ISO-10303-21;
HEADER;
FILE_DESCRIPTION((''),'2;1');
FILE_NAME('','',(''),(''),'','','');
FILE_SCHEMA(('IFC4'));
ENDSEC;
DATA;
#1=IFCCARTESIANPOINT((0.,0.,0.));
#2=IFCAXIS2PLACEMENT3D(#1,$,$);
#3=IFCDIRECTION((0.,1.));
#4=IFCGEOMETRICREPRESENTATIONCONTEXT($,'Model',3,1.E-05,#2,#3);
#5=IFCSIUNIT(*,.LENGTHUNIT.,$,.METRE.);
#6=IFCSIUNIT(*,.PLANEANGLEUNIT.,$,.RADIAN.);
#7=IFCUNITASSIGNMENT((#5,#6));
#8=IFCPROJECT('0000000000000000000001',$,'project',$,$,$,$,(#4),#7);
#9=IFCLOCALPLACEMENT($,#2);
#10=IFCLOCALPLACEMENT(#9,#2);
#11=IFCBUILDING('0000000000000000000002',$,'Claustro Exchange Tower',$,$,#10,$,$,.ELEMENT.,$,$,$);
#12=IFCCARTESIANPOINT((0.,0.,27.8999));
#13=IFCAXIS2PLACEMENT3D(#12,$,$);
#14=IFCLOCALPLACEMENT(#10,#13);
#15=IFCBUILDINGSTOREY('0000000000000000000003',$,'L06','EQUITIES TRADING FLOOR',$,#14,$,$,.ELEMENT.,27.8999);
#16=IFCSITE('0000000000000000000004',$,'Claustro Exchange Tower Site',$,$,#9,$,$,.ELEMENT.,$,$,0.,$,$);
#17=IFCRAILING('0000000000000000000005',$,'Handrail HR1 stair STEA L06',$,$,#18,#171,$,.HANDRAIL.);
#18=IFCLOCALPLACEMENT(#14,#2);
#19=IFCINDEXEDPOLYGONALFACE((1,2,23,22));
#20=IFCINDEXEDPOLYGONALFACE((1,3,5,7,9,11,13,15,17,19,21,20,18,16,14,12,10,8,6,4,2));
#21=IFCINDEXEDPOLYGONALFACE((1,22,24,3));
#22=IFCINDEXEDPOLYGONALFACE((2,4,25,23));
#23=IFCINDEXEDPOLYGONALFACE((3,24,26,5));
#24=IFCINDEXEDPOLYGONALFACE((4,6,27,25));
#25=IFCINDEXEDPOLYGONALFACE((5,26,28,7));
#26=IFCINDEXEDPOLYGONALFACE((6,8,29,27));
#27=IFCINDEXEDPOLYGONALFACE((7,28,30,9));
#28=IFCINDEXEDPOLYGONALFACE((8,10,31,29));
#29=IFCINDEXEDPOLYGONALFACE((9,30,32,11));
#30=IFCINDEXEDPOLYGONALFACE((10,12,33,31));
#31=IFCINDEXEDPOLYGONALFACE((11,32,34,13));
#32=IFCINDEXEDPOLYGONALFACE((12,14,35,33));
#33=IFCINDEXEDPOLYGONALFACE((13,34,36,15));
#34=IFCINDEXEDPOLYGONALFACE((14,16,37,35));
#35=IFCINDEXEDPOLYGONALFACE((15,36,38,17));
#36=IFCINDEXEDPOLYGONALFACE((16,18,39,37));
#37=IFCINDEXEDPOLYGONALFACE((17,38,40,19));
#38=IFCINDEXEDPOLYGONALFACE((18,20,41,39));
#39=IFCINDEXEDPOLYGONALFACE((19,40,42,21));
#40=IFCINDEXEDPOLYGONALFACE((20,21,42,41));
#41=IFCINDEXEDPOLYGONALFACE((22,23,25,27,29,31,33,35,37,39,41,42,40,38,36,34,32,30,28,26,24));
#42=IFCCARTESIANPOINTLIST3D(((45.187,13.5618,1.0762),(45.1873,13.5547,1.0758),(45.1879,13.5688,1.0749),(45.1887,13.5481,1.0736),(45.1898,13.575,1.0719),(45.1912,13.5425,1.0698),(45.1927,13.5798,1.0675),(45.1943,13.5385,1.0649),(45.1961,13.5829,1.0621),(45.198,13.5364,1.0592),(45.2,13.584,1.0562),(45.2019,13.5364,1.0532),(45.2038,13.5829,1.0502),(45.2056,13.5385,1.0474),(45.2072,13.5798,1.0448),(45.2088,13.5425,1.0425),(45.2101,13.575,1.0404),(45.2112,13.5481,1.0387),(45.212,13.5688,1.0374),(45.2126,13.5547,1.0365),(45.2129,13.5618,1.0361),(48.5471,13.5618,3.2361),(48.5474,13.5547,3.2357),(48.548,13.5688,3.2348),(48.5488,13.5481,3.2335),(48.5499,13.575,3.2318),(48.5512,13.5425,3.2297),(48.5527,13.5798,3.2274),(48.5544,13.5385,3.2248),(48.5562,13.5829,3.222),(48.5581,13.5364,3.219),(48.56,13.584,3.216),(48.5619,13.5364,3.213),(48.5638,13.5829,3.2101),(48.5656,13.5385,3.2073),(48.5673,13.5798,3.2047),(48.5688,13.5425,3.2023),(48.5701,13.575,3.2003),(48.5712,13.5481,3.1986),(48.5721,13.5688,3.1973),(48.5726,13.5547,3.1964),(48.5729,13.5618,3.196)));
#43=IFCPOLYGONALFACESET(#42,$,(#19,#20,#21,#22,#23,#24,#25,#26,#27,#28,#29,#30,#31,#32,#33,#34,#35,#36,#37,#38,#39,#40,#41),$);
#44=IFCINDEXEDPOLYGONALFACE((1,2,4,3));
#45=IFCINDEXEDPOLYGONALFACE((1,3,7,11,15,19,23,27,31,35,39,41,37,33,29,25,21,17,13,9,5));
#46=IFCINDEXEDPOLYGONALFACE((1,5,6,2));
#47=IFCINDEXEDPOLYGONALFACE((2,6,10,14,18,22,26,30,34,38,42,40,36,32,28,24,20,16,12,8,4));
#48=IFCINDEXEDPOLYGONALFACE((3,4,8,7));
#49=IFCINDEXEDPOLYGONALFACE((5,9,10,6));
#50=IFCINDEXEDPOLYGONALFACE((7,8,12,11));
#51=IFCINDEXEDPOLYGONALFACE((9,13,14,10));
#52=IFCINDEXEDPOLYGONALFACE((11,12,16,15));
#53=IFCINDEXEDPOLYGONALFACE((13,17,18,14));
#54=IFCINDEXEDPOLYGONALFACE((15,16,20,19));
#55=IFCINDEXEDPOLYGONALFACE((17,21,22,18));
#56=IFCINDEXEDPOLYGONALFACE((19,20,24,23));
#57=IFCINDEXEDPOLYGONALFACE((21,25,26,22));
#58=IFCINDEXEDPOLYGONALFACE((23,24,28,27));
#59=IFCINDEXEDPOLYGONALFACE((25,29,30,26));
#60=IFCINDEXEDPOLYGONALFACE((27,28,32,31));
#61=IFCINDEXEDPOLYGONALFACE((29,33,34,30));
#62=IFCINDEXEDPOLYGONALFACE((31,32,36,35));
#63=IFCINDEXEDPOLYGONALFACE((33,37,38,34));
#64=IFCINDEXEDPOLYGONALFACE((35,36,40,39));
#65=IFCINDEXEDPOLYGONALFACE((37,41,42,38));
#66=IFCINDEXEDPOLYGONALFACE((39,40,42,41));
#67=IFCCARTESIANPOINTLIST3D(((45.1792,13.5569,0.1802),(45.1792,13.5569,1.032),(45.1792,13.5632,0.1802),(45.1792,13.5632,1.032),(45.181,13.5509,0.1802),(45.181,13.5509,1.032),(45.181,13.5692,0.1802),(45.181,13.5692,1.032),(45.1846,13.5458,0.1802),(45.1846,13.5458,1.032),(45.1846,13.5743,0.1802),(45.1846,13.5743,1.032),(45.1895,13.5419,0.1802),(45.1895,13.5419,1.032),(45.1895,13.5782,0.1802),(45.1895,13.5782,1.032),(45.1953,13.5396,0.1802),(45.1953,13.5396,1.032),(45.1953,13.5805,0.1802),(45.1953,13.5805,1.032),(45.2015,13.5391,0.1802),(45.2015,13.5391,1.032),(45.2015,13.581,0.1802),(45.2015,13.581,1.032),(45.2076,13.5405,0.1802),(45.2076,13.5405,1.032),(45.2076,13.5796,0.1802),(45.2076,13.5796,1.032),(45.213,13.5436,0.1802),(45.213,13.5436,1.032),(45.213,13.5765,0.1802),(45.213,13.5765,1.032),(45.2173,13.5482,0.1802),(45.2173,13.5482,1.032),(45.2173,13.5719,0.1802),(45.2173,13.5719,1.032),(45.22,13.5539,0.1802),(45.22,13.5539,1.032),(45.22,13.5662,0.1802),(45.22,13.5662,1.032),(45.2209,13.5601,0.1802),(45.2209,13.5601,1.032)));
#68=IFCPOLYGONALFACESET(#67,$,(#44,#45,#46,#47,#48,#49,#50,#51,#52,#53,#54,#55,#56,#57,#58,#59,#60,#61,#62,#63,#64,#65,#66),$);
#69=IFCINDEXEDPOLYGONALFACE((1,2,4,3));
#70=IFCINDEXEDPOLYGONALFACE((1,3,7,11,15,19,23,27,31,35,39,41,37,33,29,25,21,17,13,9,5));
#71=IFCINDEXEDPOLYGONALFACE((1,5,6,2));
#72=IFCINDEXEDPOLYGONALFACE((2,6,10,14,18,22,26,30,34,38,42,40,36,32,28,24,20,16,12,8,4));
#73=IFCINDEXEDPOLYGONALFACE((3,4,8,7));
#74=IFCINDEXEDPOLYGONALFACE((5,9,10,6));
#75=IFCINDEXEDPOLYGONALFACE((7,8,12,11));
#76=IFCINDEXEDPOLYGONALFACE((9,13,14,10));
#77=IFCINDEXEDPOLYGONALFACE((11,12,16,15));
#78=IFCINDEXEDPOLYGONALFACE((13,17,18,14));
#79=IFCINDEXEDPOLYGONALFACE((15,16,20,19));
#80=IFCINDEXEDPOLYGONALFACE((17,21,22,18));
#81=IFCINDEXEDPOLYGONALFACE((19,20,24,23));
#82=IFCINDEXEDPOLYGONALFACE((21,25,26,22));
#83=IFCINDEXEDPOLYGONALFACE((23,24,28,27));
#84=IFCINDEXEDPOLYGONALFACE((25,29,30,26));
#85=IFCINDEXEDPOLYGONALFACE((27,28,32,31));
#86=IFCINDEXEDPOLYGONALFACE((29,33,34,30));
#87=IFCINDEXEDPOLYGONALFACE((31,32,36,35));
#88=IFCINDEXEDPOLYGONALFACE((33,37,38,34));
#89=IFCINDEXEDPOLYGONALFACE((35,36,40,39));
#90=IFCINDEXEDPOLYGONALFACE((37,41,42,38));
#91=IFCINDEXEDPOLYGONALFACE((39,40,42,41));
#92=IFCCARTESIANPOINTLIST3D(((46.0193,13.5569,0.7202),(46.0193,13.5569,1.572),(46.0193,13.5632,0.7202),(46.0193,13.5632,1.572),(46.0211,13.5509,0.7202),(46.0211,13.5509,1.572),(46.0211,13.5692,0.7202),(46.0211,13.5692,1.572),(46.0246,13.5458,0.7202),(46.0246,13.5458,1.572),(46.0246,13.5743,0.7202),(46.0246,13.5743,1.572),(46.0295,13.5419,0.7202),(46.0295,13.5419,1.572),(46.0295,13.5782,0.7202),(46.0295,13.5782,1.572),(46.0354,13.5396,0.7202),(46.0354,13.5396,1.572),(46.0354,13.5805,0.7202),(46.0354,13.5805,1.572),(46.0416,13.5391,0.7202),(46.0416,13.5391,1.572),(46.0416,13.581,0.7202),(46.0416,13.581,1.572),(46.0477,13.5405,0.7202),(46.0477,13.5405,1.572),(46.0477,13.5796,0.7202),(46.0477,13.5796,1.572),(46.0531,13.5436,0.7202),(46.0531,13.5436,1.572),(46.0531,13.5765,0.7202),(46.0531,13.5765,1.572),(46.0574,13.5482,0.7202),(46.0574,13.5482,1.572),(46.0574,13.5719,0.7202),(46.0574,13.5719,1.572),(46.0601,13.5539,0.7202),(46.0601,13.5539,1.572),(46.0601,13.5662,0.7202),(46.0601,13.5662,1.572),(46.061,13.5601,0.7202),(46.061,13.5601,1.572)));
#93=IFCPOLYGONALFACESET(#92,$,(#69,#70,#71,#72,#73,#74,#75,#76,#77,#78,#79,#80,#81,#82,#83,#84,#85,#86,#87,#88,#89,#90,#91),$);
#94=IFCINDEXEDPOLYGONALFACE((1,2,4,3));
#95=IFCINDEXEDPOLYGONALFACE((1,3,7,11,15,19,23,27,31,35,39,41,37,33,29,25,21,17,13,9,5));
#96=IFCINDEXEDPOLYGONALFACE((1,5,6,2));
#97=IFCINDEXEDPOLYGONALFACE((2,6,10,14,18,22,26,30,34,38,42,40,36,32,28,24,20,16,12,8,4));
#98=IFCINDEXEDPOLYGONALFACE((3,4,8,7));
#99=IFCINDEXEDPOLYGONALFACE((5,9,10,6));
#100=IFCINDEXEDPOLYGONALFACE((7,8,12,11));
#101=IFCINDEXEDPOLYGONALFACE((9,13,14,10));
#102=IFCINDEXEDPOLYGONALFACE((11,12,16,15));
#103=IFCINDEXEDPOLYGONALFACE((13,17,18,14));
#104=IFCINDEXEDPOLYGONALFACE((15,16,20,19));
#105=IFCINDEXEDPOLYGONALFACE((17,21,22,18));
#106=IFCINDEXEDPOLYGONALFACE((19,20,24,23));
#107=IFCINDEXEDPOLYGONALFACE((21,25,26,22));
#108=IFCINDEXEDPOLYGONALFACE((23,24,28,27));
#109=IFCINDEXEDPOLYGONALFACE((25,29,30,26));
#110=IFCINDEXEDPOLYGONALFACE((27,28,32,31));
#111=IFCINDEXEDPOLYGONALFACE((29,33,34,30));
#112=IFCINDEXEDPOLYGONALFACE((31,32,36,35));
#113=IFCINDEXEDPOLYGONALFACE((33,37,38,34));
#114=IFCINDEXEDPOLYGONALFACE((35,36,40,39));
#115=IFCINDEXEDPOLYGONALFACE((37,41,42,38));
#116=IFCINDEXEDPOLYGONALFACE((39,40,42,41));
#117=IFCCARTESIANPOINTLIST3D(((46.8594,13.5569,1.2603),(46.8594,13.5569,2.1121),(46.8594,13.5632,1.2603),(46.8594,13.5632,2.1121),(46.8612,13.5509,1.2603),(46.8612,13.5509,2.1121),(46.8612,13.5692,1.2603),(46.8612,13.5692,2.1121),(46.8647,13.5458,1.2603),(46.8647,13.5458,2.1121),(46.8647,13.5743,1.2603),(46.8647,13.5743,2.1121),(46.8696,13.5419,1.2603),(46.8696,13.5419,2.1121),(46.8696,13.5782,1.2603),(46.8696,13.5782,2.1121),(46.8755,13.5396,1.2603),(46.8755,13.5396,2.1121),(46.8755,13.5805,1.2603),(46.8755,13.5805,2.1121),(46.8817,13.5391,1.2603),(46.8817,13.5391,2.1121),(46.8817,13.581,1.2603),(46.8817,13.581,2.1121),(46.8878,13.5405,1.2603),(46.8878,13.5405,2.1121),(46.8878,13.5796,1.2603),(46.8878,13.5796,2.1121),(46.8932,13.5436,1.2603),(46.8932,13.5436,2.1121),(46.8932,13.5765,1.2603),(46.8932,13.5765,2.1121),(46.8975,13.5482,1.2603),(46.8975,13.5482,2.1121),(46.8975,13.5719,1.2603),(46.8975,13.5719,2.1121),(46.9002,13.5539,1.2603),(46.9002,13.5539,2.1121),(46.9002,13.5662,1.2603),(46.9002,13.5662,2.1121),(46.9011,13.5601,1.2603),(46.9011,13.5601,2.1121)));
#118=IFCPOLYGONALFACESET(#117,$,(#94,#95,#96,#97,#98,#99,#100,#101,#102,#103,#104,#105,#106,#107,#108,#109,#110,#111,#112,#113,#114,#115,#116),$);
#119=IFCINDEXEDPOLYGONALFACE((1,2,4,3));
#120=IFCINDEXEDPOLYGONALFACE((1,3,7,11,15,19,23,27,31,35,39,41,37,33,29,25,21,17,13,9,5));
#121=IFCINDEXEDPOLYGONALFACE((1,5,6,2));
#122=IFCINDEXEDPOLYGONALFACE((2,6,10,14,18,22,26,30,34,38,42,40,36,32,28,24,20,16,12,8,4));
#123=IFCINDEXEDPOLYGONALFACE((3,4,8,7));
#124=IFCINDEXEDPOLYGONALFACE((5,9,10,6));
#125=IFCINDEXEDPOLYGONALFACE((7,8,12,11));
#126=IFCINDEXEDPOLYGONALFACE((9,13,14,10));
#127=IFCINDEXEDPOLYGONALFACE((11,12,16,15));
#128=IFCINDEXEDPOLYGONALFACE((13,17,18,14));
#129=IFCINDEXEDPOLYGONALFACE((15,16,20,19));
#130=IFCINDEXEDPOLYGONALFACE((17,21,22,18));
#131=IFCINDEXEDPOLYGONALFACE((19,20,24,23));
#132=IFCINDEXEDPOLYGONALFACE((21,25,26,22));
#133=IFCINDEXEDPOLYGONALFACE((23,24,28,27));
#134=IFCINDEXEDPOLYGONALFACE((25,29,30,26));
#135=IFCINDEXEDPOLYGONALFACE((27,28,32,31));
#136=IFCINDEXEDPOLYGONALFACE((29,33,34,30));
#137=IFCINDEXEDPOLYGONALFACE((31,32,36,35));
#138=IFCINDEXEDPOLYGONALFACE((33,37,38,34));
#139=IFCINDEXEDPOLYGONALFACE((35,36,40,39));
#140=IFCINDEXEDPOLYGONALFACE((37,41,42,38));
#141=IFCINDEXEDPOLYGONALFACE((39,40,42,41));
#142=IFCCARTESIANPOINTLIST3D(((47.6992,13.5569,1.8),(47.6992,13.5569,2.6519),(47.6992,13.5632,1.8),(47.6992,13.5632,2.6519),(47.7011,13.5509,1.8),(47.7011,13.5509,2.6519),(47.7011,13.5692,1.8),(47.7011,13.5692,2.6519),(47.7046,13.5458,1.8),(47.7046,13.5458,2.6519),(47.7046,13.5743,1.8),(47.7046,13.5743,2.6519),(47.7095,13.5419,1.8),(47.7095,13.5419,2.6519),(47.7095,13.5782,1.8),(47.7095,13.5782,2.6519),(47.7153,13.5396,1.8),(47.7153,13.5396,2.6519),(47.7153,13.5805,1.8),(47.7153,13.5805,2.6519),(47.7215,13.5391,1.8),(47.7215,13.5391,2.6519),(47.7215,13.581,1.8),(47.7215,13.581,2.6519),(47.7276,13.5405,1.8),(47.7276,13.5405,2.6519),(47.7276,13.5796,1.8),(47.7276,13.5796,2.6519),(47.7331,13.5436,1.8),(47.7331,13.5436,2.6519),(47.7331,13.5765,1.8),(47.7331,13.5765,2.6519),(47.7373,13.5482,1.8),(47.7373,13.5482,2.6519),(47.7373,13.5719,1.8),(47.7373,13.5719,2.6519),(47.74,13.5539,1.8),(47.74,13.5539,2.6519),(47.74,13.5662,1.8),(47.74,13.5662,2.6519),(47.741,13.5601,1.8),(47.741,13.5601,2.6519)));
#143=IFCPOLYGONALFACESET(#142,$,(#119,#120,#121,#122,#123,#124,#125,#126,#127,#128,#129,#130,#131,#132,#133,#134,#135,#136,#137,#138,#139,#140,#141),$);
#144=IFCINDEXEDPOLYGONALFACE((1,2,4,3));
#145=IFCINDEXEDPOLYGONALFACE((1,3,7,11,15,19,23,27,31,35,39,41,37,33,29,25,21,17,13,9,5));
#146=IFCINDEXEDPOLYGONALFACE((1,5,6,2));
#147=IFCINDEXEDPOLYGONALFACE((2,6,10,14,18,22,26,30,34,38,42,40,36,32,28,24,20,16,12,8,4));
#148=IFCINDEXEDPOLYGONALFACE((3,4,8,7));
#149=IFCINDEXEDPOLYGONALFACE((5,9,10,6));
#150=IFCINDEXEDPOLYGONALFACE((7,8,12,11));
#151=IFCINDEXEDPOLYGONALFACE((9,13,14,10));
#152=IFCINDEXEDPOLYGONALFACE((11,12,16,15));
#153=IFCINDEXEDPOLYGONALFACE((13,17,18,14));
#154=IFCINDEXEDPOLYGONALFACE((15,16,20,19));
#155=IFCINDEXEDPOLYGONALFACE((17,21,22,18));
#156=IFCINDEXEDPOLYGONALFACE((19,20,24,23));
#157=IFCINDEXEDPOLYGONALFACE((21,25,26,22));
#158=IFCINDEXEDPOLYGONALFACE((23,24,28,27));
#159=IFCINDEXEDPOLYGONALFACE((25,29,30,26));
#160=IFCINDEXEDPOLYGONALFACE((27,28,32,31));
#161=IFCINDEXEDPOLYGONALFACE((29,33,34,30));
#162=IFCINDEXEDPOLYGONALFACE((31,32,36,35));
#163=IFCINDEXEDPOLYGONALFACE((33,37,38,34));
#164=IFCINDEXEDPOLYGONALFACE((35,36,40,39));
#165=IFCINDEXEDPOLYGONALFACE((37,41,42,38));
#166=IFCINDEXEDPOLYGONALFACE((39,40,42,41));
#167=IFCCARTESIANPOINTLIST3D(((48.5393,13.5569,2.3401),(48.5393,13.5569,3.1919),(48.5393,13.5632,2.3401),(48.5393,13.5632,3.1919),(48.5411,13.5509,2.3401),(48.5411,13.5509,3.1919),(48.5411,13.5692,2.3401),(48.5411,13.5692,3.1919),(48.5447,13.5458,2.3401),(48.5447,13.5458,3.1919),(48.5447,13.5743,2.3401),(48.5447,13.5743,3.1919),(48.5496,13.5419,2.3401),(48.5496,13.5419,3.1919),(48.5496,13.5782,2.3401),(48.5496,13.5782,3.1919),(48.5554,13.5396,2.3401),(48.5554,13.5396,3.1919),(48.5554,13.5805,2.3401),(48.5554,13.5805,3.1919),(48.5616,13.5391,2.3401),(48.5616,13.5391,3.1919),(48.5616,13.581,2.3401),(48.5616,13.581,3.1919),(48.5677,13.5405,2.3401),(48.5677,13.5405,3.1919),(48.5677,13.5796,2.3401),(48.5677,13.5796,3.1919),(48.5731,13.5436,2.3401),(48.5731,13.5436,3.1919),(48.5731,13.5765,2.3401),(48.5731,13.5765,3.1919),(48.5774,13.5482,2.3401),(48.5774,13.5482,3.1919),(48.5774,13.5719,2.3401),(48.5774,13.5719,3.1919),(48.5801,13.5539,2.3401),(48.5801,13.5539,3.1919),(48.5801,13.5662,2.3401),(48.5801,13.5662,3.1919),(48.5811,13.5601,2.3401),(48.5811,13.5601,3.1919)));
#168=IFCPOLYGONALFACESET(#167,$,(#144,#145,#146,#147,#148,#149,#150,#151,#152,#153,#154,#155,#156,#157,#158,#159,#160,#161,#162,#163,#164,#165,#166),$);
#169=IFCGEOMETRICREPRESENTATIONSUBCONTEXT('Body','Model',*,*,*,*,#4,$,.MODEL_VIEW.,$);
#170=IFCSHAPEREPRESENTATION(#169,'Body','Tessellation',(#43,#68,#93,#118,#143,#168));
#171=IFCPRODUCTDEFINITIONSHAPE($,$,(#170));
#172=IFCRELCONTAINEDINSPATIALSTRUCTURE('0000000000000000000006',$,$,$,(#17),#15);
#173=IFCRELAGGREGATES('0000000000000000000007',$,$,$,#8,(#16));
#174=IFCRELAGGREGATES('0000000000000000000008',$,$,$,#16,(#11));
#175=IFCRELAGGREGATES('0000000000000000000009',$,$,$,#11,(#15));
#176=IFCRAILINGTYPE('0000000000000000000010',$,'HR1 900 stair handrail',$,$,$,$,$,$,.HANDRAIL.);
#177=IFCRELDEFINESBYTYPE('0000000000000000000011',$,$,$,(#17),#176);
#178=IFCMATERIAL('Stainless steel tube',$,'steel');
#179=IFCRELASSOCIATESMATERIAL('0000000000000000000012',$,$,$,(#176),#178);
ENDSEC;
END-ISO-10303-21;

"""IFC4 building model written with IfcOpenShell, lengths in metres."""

from ifc_helpers import new_model, si_unit, direction, frame, origin, origin_2d, place, context, subcontext, project, spatial, circle, extrude, material, type_object, element, save


model = new_model("IFC4")

# Units and contexts
model_context = context("Model", 3, precision=1e-05, world=origin(), true_north=direction((0.0, 1.0)))
body_context = subcontext(model_context, "Body", "Model", "MODEL_VIEW")
ifc_project = project(units=[si_unit("LENGTHUNIT", "METRE"), si_unit("PLANEANGLEUNIT", "RADIAN")], contexts=[model_context])

# Site, building, storey
site_placement = place(None, origin())
site = spatial("IfcSite", under=ifc_project, at=site_placement, Name="Claustro Exchange Tower Site", CompositionType="ELEMENT", RefElevation=0.0)
building_placement = place(site_placement, origin())
building = spatial("IfcBuilding", under=site, at=building_placement, Name="Claustro Exchange Tower", CompositionType="ELEMENT")
storey_placement = place(building_placement, frame((0.0, 0.0, 27.8999)))
storey = spatial("IfcBuildingStorey", under=building, at=storey_placement, Name="L06", Description="EQUITIES TRADING FLOOR", CompositionType="ELEMENT", Elevation=27.8999)

# Railing
ifc_material_1 = material(Name="Stainless steel tube", Category="steel")
railing_type = type_object("IfcRailingType", Name="HR1 900 stair handrail", PredefinedType="HANDRAIL", material=ifc_material_1)
railing_placement = place(storey_placement, frame((45.2, 13.5601, 0.1802)))
element("IfcRailing", 1, at=railing_placement, inside=storey, type_object=railing_type, Name="Handrail HR1 stair STEA L06", PredefinedType="HANDRAIL", context=body_context, shape_type="SweptSolid", body=[
    extrude(circle(Radius=0.0239, at=origin_2d()), frame((0.0, 0.0, 0.876), z_axis=(0.841196, 0.0, 0.54073), x_axis=(0.0, 1.0, 0.0)), (0.0, 0.0, 1.0), 3.9944),
    extrude(circle(Radius=0.021, at=origin_2d()), origin(), (0.0, 0.0, 1.0), 0.8518),
    extrude(circle(Radius=0.021, at=origin_2d()), frame((0.8401, 0.0, 0.54)), (0.0, 0.0, 1.0), 0.8518),
    extrude(circle(Radius=0.021, at=origin_2d()), frame((1.6802, 0.0, 1.0801)), (0.0, 0.0, 1.0), 0.8518),
    extrude(circle(Radius=0.021, at=origin_2d()), frame((2.52, 0.0, 1.6199)), (0.0, 0.0, 1.0), 0.8518),
    extrude(circle(Radius=0.021, at=origin_2d()), frame((3.3601, 0.0, 2.1599)), (0.0, 0.0, 1.0), 0.8518),
])

save(model, "model.ifc")
